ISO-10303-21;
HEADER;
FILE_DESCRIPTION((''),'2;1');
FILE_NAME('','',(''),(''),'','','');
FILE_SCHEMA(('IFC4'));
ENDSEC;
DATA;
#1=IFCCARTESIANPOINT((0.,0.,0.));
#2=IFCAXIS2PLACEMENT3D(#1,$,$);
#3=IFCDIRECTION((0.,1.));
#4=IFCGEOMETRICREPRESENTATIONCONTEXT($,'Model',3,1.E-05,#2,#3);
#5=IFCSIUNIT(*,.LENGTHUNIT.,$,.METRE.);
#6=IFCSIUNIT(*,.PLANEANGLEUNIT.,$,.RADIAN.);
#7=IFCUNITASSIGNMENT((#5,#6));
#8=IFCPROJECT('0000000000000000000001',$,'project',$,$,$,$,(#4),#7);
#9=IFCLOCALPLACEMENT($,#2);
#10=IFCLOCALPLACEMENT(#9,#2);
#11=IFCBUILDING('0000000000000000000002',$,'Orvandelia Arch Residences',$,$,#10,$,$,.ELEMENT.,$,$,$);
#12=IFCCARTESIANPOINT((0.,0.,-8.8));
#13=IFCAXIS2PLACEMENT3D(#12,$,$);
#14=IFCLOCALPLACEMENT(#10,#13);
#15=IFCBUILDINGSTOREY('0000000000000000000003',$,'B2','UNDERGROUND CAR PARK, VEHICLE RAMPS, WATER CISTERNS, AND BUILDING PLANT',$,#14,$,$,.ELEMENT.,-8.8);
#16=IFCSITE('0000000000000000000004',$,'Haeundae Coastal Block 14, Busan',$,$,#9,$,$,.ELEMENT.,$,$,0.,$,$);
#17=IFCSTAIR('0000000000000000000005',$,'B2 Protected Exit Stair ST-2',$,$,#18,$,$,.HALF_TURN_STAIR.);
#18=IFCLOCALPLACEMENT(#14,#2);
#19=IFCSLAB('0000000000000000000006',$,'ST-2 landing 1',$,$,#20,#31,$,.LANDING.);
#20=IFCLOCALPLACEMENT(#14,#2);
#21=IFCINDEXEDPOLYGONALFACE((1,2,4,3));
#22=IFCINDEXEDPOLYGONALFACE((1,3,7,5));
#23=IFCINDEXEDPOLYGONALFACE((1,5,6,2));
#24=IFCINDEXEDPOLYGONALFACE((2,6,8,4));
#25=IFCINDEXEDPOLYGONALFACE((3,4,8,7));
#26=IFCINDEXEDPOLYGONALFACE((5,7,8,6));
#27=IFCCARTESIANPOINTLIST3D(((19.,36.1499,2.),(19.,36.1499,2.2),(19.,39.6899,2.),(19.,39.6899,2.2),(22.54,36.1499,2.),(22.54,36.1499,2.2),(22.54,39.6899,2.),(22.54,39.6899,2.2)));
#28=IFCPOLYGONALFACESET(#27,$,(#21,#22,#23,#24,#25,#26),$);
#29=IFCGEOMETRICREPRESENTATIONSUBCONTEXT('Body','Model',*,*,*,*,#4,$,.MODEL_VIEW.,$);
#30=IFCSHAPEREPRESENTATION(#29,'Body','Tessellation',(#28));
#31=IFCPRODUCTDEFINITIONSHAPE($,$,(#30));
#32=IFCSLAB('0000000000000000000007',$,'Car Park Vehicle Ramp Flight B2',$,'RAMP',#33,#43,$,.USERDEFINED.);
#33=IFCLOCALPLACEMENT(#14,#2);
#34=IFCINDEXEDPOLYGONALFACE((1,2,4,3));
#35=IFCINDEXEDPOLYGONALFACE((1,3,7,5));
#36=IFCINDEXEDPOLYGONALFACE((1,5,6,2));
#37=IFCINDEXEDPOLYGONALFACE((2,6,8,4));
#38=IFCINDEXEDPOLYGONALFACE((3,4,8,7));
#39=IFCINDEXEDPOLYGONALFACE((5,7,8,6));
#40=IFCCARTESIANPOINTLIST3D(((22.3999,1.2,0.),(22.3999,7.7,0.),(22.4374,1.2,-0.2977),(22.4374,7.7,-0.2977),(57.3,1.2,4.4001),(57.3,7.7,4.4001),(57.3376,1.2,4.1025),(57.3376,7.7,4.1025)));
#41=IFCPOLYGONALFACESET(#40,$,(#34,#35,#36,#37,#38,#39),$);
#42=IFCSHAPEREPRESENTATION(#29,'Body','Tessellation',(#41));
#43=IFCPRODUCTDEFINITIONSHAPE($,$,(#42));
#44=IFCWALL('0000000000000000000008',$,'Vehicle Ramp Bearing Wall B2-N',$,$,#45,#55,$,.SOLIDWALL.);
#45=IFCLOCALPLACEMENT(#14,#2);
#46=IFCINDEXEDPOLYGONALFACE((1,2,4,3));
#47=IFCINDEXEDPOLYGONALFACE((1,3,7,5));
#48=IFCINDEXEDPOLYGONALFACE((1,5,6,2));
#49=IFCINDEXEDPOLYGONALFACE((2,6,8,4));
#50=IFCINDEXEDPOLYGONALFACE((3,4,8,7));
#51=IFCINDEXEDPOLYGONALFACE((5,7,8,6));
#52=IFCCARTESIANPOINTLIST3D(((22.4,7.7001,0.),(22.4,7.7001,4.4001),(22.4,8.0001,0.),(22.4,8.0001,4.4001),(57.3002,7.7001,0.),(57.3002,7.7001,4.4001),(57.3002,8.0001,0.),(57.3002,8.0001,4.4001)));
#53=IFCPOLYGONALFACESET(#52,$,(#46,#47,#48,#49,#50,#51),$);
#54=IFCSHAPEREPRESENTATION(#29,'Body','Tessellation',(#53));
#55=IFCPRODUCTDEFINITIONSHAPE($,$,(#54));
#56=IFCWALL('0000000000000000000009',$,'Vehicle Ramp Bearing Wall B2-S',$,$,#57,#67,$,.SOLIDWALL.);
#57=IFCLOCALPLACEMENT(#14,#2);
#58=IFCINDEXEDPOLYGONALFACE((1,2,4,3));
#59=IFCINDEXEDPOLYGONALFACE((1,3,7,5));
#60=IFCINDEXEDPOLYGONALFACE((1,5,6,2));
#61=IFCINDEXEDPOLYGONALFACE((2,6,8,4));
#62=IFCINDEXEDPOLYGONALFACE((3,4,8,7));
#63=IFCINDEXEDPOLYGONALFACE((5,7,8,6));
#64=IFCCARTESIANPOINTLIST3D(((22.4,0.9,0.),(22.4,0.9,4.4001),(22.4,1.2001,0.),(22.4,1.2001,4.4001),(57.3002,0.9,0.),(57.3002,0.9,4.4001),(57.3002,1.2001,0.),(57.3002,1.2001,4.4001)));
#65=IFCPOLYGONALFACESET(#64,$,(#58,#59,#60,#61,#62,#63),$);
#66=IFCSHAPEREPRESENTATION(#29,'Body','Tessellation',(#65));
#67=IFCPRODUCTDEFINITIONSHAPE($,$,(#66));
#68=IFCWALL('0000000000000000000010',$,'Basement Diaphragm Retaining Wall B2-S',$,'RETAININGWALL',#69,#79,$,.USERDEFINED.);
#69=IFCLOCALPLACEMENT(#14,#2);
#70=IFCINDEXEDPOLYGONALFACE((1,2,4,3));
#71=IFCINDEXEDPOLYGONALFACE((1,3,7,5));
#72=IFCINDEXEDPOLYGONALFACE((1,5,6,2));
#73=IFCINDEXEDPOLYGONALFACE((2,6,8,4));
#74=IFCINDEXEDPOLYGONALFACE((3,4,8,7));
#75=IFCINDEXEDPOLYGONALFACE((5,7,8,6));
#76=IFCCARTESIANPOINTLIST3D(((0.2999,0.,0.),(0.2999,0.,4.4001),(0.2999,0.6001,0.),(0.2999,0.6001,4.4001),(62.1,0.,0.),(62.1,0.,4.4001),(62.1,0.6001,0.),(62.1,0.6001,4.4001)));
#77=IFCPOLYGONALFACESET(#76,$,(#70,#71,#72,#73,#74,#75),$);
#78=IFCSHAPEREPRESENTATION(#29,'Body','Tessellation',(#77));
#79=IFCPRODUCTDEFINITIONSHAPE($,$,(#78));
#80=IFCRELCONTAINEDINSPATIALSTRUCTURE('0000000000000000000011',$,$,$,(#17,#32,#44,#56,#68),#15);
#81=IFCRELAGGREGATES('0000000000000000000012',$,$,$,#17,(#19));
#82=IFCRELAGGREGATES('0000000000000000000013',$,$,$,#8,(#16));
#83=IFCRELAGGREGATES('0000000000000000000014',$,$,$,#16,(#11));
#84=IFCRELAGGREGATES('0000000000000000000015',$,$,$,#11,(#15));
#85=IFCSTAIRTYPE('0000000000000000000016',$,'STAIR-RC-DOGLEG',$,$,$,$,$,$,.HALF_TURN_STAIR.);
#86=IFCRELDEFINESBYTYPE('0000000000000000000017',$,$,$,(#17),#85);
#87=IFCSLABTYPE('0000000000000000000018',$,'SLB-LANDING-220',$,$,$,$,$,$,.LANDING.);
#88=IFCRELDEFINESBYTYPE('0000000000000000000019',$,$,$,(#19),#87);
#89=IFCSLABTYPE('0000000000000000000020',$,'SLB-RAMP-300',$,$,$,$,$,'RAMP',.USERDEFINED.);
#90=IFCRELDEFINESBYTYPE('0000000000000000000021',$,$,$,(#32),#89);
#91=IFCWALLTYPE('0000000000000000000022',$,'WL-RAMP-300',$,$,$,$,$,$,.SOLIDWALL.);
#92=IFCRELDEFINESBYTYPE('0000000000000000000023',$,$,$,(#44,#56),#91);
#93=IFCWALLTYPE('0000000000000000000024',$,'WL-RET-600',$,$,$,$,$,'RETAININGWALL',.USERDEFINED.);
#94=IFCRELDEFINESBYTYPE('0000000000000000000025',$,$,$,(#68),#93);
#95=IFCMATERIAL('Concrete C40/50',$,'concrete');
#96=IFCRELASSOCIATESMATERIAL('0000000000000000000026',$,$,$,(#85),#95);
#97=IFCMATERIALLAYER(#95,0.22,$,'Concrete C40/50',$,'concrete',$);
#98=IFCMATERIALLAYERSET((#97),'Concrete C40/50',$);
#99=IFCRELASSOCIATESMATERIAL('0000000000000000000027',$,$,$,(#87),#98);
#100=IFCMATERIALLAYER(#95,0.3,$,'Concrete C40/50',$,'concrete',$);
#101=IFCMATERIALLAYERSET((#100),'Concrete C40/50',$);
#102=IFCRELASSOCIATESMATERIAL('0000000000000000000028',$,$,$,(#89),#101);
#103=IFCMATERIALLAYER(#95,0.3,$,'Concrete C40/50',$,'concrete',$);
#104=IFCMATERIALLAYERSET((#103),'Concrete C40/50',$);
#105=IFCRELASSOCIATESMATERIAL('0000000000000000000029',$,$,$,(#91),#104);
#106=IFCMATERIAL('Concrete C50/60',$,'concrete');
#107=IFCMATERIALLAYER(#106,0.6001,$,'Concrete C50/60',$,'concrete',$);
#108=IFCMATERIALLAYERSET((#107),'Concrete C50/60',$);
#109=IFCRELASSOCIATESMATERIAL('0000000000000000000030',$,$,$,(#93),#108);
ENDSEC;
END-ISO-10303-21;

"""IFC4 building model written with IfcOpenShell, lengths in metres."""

from ifc_helpers import new_model, si_unit, direction, frame, frame_2d, origin, place, context, subcontext, project, spatial, polyline, rectangle, outline, extrude, material, layer, layer_set, type_object, element, aggregate, save


model = new_model("IFC4")

# Units and contexts
model_context = context("Model", 3, precision=1e-05, world=origin(), true_north=direction((0.0, 1.0)))
body_context = subcontext(model_context, "Body", "Model", "MODEL_VIEW")
ifc_project = project(units=[si_unit("LENGTHUNIT", "METRE"), si_unit("PLANEANGLEUNIT", "RADIAN")], contexts=[model_context])

# Site, building, storey
site_placement = place(None, origin())
site = spatial("IfcSite", under=ifc_project, at=site_placement, Name="Haeundae Coastal Block 14, Busan", CompositionType="ELEMENT", RefElevation=0.0)
building_placement = place(site_placement, origin())
building = spatial("IfcBuilding", under=site, at=building_placement, Name="Orvandelia Arch Residences", CompositionType="ELEMENT")
storey_placement = place(building_placement, frame((0.0, 0.0, -8.8)))
storey = spatial("IfcBuildingStorey", under=building, at=storey_placement, Name="B2", Description="UNDERGROUND CAR PARK, VEHICLE RAMPS, WATER CISTERNS, AND BUILDING PLANT", CompositionType="ELEMENT", Elevation=-8.8)

# Shared definitions
ifc_material_1 = material(Name="Concrete C50/60", Category="concrete")

# Shared definitions
ifc_material_2 = material(Name="Concrete C40/50", Category="concrete")

# Stair, slab
stair_type = type_object("IfcStairType", Name="STAIR-RC-DOGLEG", PredefinedType="HALF_TURN_STAIR", material=ifc_material_2)
ifc_layer_1 = layer(ifc_material_2, 0.22, Name="Concrete C40/50", Category="concrete")
ifc_layer_set_1 = layer_set([ifc_layer_1], Name="Concrete C40/50")
slab_type_1 = type_object("IfcSlabType", Name="SLB-LANDING-220", PredefinedType="LANDING", material=ifc_layer_set_1)
stair_1_placement = place(storey_placement, origin())
stair_1 = element("IfcStair", 1, at=stair_1_placement, inside=storey, type_object=stair_type, Name="B2 Protected Exit Stair ST-2", PredefinedType="HALF_TURN_STAIR")
slab_1_placement = place(storey_placement, frame((0.0, 0.0, 2.0)))
slab_1 = element("IfcSlab", 2, at=slab_1_placement, type_object=slab_type_1, Name="ST-2 landing 1", PredefinedType="LANDING", context=body_context, shape_type="SweptSolid", body=[
    extrude(outline(polyline([(22.54, 36.1499), (22.54, 39.6899), (19.0, 39.6899), (19.0, 36.1499), (22.54, 36.1499)])), origin(), (0.0, 0.0, 1.0), 0.2),
])
aggregate(stair_1, [slab_1])

# Slab
ifc_layer_2 = layer(ifc_material_2, 0.3, Name="Concrete C40/50", Category="concrete")
ifc_layer_set_2 = layer_set([ifc_layer_2], Name="Concrete C40/50")
slab_type_2 = type_object("IfcSlabType", Name="SLB-RAMP-300", ElementType="RAMP", PredefinedType="USERDEFINED", material=ifc_layer_set_2)
slab_2_placement = place(storey_placement, frame((22.3999, 1.2, 0.0), z_axis=(-0.125088, 0.0, 0.992146), x_axis=(0.992146, 0.0, 0.125088)))
element("IfcSlab", 3, at=slab_2_placement, inside=storey, type_object=slab_type_2, Name="Car Park Vehicle Ramp Flight B2", ObjectType="RAMP", PredefinedType="USERDEFINED", context=body_context, shape_type="SweptSolid", body=[
    extrude(outline(polyline([(0.0, 0.0), (35.1764, 0.0), (35.1764, 6.5), (0.0, 6.5), (0.0, 0.0)])), origin(), (0.0, 0.0, -1.0), 0.3),
])

# Walls
ifc_layer_3 = layer(ifc_material_2, 0.3, Name="Concrete C40/50", Category="concrete")
ifc_layer_set_3 = layer_set([ifc_layer_3], Name="Concrete C40/50")
wall_type_1 = type_object("IfcWallType", Name="WL-RAMP-300", PredefinedType="SOLIDWALL", material=ifc_layer_set_3)
for number, where, z_axis, x_axis, name in (
    (4, (22.3999, 7.8501, 0.0), (0.0, 0.0, 1.0), (1.0, 0.0, 0.0), "Vehicle Ramp Bearing Wall B2-N"),
    (5, (22.3999, 1.05, 0.0), (0.0, 0.0, 1.0), (1.0, 0.0, 0.0), "Vehicle Ramp Bearing Wall B2-S"),
):
    element("IfcWall", number, at=place(storey_placement, frame(where, z_axis=z_axis, x_axis=x_axis)), inside=storey, type_object=wall_type_1, Name=name, PredefinedType="SOLIDWALL", context=body_context, shape_type="SweptSolid", body=[
        extrude(rectangle(XDim=34.9001, YDim=0.3, at=frame_2d((17.4502, 0.0))), origin(), (0.0, 0.0, 1.0), 4.4001),
    ])
ifc_layer_4 = layer(ifc_material_1, 0.6001, Name="Concrete C50/60", Category="concrete")
ifc_layer_set_4 = layer_set([ifc_layer_4], Name="Concrete C50/60")
wall_type_2 = type_object("IfcWallType", Name="WL-RET-600", ElementType="RETAININGWALL", PredefinedType="USERDEFINED", material=ifc_layer_set_4)
wall_placement = place(storey_placement, frame((0.3, 0.3, 0.0), z_axis=(0.0, 0.0, 1.0), x_axis=(1.0, 0.0, 0.0)))
element("IfcWall", 6, at=wall_placement, inside=storey, type_object=wall_type_2, Name="Basement Diaphragm Retaining Wall B2-S", ObjectType="RETAININGWALL", PredefinedType="USERDEFINED", context=body_context, shape_type="SweptSolid", body=[
    extrude(rectangle(XDim=61.8, YDim=0.6001, at=frame_2d((30.8999, 0.0))), origin(), (0.0, 0.0, 1.0), 4.4001),
])

save(model, "model.ifc")
